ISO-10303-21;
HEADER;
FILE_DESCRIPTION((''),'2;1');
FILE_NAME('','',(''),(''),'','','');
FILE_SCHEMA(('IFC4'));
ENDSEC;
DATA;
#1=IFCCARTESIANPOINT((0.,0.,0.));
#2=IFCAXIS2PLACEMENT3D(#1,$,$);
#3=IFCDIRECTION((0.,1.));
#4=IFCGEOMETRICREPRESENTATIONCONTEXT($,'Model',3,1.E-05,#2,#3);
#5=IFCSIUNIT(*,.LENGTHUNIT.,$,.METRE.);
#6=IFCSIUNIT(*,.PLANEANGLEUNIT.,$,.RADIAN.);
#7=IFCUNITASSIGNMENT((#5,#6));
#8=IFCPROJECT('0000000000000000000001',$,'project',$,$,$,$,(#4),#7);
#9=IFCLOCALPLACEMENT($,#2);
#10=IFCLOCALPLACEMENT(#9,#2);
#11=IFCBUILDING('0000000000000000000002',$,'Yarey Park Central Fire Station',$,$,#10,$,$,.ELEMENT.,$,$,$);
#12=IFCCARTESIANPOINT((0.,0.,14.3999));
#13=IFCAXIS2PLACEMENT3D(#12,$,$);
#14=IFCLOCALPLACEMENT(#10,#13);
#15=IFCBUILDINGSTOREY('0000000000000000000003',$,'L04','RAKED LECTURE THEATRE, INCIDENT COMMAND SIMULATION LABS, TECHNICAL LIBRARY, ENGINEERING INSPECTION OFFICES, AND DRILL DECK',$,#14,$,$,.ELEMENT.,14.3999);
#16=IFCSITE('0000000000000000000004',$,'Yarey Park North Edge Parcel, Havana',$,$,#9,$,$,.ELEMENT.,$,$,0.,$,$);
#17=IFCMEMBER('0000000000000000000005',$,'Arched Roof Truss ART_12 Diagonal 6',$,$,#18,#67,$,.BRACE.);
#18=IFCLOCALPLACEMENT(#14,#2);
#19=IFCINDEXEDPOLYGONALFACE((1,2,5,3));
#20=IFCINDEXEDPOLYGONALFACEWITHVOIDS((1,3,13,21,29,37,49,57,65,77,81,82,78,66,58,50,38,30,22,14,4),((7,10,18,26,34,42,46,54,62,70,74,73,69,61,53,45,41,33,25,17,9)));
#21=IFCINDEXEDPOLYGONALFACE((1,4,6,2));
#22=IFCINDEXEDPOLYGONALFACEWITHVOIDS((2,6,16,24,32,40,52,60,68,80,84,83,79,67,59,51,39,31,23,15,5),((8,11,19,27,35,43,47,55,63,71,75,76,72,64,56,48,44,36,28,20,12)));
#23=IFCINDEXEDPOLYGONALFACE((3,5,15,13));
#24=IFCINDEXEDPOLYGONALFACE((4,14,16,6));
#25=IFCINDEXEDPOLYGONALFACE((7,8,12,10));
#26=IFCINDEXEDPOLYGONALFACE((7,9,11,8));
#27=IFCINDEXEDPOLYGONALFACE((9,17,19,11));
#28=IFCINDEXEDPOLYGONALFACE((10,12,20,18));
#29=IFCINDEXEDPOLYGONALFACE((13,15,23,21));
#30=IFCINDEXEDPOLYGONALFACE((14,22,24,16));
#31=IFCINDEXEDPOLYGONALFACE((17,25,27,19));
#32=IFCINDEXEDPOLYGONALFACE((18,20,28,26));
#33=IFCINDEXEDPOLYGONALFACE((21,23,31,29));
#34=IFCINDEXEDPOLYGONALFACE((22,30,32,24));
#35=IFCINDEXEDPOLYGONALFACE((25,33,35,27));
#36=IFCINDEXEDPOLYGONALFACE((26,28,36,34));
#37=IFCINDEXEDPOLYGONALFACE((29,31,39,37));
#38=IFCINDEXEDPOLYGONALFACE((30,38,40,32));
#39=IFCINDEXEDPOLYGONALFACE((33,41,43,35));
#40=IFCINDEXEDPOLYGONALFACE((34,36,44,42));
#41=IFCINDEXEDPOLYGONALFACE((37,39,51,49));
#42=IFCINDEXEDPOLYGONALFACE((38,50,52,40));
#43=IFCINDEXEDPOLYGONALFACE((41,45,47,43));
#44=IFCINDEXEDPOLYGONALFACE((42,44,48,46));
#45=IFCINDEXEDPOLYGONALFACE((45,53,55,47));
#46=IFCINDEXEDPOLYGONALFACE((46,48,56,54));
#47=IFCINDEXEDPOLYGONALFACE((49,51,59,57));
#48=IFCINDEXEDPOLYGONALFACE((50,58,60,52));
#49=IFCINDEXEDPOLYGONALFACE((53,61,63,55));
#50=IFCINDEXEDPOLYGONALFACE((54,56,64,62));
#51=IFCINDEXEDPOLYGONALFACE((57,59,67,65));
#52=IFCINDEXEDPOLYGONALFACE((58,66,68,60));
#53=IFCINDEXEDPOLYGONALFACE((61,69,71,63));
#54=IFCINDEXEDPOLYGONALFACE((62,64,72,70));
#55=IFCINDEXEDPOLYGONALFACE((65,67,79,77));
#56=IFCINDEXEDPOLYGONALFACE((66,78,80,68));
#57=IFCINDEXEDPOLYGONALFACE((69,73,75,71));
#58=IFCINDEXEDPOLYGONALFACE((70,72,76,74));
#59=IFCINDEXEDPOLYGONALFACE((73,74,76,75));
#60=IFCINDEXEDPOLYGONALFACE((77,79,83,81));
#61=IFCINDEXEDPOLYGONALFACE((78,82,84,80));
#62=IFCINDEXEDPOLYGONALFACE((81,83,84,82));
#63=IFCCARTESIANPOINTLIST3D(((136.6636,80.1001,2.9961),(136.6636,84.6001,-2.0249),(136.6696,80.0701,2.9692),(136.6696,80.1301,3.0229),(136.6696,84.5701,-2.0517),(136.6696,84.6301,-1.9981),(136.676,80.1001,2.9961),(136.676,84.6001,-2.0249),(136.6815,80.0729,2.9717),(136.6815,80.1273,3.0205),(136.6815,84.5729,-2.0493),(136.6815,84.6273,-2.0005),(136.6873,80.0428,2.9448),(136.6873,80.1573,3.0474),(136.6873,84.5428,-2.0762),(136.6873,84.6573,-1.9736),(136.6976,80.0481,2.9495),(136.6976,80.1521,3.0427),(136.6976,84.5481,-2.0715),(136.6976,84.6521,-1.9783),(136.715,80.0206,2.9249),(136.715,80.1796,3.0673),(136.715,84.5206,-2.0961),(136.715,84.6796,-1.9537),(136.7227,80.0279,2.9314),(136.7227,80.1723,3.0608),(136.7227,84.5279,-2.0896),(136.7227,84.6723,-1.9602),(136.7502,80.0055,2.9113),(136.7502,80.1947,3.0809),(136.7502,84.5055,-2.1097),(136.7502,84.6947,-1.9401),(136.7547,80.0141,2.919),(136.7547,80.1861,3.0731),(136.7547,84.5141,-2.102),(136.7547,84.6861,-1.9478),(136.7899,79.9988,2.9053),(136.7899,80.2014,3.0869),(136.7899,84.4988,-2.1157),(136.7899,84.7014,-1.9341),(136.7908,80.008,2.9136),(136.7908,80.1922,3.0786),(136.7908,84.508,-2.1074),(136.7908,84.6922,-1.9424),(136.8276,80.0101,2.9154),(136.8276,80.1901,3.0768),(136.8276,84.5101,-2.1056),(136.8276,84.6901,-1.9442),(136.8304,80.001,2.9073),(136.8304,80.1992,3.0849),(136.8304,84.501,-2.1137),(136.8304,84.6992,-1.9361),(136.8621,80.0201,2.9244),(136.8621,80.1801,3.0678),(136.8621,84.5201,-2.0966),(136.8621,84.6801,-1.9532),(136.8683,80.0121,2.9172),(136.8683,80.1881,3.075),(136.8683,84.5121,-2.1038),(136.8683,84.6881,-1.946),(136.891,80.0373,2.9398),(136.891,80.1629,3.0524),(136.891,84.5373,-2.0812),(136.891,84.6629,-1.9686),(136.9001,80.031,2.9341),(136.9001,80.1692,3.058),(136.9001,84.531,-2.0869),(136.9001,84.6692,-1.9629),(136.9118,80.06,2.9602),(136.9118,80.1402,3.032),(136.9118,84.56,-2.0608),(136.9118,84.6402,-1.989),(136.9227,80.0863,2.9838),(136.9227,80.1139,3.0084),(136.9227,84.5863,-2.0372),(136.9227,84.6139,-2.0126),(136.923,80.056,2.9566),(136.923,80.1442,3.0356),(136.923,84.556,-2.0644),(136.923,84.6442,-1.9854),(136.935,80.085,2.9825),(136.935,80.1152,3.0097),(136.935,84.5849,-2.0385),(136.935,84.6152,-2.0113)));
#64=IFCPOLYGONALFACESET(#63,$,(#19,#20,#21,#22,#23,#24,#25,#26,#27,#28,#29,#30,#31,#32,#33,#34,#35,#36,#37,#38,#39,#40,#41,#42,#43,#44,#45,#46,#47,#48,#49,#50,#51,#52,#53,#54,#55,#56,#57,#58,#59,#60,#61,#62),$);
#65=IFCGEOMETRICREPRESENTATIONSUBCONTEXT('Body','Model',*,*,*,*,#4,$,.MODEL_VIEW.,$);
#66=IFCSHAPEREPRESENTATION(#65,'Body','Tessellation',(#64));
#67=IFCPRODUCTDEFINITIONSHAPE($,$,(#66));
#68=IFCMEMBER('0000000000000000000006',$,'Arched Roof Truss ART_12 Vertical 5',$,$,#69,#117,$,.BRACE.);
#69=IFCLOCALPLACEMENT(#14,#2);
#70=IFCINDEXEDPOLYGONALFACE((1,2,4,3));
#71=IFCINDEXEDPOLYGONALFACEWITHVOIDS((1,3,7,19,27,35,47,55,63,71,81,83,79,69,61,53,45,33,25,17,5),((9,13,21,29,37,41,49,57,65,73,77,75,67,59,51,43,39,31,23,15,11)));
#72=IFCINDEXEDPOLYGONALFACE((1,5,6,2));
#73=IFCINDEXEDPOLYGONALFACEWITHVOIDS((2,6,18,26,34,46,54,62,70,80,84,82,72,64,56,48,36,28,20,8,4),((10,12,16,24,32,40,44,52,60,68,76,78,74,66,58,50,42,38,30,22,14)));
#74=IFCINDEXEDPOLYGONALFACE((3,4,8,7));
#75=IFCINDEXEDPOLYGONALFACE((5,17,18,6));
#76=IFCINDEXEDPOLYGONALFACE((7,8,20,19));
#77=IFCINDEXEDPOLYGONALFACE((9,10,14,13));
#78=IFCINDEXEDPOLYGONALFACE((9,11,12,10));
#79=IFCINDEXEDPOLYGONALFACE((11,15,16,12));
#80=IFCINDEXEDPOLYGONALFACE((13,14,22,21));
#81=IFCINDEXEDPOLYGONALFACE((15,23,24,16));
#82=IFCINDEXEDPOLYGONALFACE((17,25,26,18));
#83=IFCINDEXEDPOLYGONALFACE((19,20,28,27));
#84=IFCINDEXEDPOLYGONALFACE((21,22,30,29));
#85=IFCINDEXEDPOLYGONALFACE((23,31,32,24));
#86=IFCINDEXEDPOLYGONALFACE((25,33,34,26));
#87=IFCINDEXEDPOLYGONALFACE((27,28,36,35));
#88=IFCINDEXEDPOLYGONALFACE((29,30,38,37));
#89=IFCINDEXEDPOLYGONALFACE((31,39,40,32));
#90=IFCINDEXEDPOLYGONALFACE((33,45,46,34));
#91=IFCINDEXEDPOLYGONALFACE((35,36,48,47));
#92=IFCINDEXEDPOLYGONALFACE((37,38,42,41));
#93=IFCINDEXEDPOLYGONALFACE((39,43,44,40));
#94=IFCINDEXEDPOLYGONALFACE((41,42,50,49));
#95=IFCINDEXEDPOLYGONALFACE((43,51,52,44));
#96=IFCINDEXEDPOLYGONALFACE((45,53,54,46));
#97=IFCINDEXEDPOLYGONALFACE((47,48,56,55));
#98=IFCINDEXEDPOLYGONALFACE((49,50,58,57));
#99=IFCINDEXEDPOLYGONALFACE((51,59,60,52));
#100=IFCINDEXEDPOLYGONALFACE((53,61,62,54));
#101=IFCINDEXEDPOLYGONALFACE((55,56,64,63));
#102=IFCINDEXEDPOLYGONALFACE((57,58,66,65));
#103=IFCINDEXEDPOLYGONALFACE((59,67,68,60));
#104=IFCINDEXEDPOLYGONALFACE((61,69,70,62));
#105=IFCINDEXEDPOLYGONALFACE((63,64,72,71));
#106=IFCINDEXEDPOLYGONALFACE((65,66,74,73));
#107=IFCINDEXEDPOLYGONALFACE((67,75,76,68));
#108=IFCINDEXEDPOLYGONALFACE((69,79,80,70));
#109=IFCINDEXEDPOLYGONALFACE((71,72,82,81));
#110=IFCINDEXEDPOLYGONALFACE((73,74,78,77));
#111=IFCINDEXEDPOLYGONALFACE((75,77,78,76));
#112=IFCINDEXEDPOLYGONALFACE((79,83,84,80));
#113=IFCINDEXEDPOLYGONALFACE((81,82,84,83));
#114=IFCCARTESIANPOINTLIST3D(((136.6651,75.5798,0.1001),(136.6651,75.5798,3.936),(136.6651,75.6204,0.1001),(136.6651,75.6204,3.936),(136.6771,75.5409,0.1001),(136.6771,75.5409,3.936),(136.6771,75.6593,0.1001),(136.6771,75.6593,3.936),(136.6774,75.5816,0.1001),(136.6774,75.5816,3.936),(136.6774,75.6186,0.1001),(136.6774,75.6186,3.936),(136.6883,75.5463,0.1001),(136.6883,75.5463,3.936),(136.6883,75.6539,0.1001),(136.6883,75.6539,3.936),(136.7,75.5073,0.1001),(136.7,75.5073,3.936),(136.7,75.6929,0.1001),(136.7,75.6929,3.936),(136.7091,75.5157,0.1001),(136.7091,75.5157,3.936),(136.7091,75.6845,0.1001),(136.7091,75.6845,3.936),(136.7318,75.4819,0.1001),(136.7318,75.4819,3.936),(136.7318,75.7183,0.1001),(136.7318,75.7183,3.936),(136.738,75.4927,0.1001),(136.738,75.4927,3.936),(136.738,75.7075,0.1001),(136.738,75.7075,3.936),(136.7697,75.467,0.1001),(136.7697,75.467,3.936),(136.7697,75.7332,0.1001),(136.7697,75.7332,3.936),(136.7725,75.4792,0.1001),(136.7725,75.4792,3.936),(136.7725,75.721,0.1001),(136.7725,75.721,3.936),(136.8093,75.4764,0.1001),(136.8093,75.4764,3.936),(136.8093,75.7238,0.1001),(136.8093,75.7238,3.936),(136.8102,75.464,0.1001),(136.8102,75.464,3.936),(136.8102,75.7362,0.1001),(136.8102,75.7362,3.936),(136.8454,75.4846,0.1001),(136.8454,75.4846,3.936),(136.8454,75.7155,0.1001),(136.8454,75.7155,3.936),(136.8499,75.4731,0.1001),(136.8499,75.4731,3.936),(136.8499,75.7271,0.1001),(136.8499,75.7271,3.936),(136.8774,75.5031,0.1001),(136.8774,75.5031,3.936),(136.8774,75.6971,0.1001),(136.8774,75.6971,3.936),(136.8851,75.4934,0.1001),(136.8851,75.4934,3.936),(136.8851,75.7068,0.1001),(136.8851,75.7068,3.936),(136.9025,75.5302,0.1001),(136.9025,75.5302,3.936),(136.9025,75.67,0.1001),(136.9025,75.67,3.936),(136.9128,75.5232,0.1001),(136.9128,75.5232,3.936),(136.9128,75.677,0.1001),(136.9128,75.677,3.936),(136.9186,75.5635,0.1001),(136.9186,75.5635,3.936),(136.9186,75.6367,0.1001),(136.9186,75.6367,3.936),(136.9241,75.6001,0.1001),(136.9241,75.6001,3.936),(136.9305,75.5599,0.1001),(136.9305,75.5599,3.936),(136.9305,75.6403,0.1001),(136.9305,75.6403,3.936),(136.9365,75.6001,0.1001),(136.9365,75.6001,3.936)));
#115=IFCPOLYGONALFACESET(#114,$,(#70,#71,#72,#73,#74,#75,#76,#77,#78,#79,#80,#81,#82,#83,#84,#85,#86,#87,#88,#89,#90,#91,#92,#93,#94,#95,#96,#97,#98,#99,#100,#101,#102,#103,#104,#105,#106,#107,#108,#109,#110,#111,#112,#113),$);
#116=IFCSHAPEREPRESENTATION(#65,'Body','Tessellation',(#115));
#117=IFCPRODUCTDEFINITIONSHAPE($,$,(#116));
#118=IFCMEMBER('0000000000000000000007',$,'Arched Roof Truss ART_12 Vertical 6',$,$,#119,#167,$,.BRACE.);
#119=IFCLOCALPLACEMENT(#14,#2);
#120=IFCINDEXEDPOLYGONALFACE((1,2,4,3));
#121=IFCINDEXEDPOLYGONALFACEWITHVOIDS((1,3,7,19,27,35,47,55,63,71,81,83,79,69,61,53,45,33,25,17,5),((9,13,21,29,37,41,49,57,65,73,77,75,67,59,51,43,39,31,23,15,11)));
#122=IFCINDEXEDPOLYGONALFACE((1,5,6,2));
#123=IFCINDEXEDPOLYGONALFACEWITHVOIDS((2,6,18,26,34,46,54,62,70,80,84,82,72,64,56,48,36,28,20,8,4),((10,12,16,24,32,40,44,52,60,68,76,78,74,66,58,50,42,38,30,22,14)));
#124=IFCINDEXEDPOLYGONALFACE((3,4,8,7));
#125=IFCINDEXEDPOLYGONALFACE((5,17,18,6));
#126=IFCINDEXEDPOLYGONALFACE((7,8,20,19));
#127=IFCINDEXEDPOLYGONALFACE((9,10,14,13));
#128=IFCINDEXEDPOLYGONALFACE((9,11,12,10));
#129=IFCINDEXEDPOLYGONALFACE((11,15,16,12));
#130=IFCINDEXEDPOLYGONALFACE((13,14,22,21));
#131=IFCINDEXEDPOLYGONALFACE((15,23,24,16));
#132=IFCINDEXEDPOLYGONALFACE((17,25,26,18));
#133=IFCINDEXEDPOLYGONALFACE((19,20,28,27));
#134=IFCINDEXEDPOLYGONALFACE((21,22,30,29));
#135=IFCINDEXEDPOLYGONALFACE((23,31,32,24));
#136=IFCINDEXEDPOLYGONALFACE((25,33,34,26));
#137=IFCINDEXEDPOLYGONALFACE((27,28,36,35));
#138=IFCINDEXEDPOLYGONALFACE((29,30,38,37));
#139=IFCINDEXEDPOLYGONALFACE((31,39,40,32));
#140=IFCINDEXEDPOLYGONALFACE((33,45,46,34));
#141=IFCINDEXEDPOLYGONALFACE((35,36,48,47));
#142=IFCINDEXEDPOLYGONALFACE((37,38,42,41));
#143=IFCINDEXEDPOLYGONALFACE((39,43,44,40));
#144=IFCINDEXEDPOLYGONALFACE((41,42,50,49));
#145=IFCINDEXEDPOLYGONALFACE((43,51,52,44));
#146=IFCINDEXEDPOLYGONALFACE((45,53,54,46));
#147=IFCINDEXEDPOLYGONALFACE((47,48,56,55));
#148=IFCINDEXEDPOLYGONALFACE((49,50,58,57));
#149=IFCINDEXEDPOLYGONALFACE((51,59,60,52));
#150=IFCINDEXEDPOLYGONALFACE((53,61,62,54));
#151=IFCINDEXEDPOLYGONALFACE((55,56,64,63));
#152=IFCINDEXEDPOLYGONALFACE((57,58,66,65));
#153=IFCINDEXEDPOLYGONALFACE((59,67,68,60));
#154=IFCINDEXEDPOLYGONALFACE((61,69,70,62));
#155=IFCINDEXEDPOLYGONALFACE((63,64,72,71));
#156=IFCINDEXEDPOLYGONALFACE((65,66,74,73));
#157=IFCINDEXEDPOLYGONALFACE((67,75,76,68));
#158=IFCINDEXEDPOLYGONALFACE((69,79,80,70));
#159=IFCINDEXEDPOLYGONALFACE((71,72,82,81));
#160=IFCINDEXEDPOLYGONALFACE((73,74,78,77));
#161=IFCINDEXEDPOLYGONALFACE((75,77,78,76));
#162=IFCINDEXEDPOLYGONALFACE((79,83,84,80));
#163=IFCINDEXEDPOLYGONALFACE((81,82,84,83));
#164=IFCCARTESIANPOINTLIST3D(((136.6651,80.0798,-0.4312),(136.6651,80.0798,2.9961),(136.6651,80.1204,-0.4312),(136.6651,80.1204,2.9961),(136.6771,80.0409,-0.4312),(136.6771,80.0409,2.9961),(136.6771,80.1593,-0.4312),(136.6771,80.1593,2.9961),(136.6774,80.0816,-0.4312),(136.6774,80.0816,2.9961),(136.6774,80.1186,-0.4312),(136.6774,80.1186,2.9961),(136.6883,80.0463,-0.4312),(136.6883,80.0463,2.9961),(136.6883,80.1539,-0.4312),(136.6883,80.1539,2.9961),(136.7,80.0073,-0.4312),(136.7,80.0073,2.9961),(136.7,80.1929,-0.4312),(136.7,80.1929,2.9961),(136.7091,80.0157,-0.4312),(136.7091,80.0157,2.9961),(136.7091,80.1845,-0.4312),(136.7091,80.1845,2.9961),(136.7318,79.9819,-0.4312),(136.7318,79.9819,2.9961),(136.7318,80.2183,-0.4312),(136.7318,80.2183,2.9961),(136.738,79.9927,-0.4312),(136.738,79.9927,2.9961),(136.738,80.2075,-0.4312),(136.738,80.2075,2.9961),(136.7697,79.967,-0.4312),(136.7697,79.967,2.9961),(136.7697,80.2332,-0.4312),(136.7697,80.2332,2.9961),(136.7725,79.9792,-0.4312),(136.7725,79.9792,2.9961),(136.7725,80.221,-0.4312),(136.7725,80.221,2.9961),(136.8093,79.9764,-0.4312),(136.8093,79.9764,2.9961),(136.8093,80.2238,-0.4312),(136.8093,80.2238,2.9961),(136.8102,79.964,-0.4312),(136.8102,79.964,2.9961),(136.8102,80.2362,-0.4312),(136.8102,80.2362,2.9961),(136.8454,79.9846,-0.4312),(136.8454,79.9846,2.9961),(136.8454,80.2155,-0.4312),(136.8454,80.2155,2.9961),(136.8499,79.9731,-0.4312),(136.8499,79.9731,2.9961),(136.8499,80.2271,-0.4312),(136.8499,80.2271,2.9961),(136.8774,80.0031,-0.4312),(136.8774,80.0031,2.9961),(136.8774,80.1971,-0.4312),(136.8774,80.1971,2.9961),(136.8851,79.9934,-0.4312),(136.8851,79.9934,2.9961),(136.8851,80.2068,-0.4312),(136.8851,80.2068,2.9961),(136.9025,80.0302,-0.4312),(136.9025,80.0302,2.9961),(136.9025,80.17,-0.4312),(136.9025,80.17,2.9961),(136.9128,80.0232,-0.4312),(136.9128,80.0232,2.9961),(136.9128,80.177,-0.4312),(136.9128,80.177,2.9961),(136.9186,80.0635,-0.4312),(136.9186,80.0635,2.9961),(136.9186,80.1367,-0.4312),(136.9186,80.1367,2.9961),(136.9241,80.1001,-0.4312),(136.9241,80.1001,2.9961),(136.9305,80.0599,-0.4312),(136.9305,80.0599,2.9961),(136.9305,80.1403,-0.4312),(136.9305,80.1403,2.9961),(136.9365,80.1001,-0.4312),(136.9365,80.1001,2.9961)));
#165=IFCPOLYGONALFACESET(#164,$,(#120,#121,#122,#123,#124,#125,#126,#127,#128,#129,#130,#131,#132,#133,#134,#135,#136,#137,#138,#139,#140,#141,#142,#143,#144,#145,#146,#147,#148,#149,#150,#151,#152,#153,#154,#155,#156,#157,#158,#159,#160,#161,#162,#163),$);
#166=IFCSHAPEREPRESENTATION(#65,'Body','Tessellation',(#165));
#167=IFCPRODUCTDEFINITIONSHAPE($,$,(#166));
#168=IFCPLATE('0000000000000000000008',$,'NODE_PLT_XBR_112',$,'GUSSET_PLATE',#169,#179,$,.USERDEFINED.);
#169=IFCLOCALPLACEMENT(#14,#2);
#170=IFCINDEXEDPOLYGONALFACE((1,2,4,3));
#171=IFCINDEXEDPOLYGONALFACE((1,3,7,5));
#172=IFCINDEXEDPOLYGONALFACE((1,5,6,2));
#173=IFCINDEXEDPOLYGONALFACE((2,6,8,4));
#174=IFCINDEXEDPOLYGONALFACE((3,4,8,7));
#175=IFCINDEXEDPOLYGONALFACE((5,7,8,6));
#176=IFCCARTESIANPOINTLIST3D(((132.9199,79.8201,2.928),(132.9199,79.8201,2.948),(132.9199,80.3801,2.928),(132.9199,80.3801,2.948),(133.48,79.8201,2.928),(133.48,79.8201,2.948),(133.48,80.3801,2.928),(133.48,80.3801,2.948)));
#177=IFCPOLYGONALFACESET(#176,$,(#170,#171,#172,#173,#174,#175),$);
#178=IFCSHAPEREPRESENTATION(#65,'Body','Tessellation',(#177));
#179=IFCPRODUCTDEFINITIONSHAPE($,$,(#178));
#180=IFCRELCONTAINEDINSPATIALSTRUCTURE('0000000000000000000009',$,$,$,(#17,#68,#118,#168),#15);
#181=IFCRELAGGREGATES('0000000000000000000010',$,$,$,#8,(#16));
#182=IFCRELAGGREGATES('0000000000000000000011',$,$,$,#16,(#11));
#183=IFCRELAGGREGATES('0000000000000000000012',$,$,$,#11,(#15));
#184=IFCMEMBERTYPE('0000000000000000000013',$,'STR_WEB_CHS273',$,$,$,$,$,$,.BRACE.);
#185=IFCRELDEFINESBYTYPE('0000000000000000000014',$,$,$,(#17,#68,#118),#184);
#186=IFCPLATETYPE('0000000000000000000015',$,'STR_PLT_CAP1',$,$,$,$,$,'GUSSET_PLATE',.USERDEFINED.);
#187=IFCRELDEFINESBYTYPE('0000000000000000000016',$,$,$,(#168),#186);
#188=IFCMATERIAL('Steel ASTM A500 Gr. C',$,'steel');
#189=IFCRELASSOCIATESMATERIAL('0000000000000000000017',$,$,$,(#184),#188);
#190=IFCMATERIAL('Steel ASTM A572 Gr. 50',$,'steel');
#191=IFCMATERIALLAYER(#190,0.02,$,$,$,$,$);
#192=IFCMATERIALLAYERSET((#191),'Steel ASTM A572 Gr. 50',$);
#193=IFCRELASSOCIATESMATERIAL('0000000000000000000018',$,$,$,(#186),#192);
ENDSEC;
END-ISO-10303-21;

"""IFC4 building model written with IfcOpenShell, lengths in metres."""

from ifc_helpers import new_model, si_unit, direction, frame, origin, origin_2d, place, context, subcontext, project, spatial, rectangle, hollow_circle, extrude, material, layer, layer_set, material_profile, profile_set, type_object, element, save


model = new_model("IFC4")

# Units and contexts
model_context = context("Model", 3, precision=1e-05, world=origin(), true_north=direction((0.0, 1.0)))
body_context = subcontext(model_context, "Body", "Model", "MODEL_VIEW")
ifc_project = project(units=[si_unit("LENGTHUNIT", "METRE"), si_unit("PLANEANGLEUNIT", "RADIAN")], contexts=[model_context])

# Site, building, storey
site_placement = place(None, origin())
site = spatial("IfcSite", under=ifc_project, at=site_placement, Name="Yarey Park North Edge Parcel, Havana", CompositionType="ELEMENT", RefElevation=0.0)
building_placement = place(site_placement, origin())
building = spatial("IfcBuilding", under=site, at=building_placement, Name="Yarey Park Central Fire Station", CompositionType="ELEMENT")
storey_placement = place(building_placement, frame((0.0, 0.0, 14.3999)))
storey = spatial("IfcBuildingStorey", under=building, at=storey_placement, Name="L04", Description="RAKED LECTURE THEATRE, INCIDENT COMMAND SIMULATION LABS, TECHNICAL LIBRARY, ENGINEERING INSPECTION OFFICES, AND DRILL DECK", CompositionType="ELEMENT", Elevation=14.3999)

# Members
ifc_material_1 = material(Name="Steel ASTM A500 Gr. C", Category="steel")
ifc_material_profile_1 = material_profile(ifc_material_1, hollow_circle(Radius=0.1365, WallThickness=0.0125, at=origin_2d()), Name="CHS 273x12.5")
ifc_profile_set_1 = profile_set([ifc_material_profile_1], Name="Steel ASTM A500 Gr. C")
member_type_1 = type_object("IfcMemberType", Name="STR_WEB_CHS273", PredefinedType="BRACE", material=ifc_profile_set_1)
member_1_placement = place(storey_placement, frame((136.8, 80.1001, 2.9961), z_axis=(0.0, 0.667415, -0.744686), x_axis=(-1.0, 0.0, 0.0)))
element("IfcMember", 1, at=member_1_placement, inside=storey, type_object=member_type_1, Name="Arched Roof Truss ART_12 Diagonal 6", PredefinedType="BRACE", context=body_context, shape_type="SweptSolid", body=[
    extrude(hollow_circle(Radius=0.1365, WallThickness=0.0125, at=origin_2d()), origin(), (0.0, 0.0, 1.0), 6.7424),
])
member_2_placement = place(storey_placement, frame((136.8, 75.6001, 0.1001), z_axis=(0.0, 0.0, 1.0), x_axis=(1.0, 0.0, 0.0)))
element("IfcMember", 2, at=member_2_placement, inside=storey, type_object=member_type_1, Name="Arched Roof Truss ART_12 Vertical 5", PredefinedType="BRACE", context=body_context, shape_type="SweptSolid", body=[
    extrude(hollow_circle(Radius=0.1365, WallThickness=0.0125, at=origin_2d()), origin(), (0.0, 0.0, 1.0), 3.8359),
])
member_3_placement = place(storey_placement, frame((136.8, 80.1001, -0.4312), z_axis=(0.0, 0.0, 1.0), x_axis=(1.0, 0.0, 0.0)))
element("IfcMember", 3, at=member_3_placement, inside=storey, type_object=member_type_1, Name="Arched Roof Truss ART_12 Vertical 6", PredefinedType="BRACE", context=body_context, shape_type="SweptSolid", body=[
    extrude(hollow_circle(Radius=0.1365, WallThickness=0.0125, at=origin_2d()), origin(), (0.0, 0.0, 1.0), 3.4272),
])

# Plate
ifc_material_2 = material(Name="Steel ASTM A572 Gr. 50", Category="steel")
ifc_layer = layer(ifc_material_2, 0.02)
ifc_layer_set = layer_set([ifc_layer], Name="Steel ASTM A572 Gr. 50")
plate_type = type_object("IfcPlateType", Name="STR_PLT_CAP1", ElementType="GUSSET_PLATE", PredefinedType="USERDEFINED", material=ifc_layer_set)
plate_placement = place(storey_placement, frame((133.2, 80.1001, 2.928), z_axis=(0.0, 0.0, 1.0), x_axis=(1.0, 0.0, 0.0)))
element("IfcPlate", 4, at=plate_placement, inside=storey, type_object=plate_type, Name="NODE_PLT_XBR_112", ObjectType="GUSSET_PLATE", PredefinedType="USERDEFINED", context=body_context, shape_type="SweptSolid", body=[
    extrude(rectangle(XDim=0.5601, YDim=0.5601, at=origin_2d()), origin(), (0.0, 0.0, 1.0), 0.02),
])

save(model, "model.ifc")
